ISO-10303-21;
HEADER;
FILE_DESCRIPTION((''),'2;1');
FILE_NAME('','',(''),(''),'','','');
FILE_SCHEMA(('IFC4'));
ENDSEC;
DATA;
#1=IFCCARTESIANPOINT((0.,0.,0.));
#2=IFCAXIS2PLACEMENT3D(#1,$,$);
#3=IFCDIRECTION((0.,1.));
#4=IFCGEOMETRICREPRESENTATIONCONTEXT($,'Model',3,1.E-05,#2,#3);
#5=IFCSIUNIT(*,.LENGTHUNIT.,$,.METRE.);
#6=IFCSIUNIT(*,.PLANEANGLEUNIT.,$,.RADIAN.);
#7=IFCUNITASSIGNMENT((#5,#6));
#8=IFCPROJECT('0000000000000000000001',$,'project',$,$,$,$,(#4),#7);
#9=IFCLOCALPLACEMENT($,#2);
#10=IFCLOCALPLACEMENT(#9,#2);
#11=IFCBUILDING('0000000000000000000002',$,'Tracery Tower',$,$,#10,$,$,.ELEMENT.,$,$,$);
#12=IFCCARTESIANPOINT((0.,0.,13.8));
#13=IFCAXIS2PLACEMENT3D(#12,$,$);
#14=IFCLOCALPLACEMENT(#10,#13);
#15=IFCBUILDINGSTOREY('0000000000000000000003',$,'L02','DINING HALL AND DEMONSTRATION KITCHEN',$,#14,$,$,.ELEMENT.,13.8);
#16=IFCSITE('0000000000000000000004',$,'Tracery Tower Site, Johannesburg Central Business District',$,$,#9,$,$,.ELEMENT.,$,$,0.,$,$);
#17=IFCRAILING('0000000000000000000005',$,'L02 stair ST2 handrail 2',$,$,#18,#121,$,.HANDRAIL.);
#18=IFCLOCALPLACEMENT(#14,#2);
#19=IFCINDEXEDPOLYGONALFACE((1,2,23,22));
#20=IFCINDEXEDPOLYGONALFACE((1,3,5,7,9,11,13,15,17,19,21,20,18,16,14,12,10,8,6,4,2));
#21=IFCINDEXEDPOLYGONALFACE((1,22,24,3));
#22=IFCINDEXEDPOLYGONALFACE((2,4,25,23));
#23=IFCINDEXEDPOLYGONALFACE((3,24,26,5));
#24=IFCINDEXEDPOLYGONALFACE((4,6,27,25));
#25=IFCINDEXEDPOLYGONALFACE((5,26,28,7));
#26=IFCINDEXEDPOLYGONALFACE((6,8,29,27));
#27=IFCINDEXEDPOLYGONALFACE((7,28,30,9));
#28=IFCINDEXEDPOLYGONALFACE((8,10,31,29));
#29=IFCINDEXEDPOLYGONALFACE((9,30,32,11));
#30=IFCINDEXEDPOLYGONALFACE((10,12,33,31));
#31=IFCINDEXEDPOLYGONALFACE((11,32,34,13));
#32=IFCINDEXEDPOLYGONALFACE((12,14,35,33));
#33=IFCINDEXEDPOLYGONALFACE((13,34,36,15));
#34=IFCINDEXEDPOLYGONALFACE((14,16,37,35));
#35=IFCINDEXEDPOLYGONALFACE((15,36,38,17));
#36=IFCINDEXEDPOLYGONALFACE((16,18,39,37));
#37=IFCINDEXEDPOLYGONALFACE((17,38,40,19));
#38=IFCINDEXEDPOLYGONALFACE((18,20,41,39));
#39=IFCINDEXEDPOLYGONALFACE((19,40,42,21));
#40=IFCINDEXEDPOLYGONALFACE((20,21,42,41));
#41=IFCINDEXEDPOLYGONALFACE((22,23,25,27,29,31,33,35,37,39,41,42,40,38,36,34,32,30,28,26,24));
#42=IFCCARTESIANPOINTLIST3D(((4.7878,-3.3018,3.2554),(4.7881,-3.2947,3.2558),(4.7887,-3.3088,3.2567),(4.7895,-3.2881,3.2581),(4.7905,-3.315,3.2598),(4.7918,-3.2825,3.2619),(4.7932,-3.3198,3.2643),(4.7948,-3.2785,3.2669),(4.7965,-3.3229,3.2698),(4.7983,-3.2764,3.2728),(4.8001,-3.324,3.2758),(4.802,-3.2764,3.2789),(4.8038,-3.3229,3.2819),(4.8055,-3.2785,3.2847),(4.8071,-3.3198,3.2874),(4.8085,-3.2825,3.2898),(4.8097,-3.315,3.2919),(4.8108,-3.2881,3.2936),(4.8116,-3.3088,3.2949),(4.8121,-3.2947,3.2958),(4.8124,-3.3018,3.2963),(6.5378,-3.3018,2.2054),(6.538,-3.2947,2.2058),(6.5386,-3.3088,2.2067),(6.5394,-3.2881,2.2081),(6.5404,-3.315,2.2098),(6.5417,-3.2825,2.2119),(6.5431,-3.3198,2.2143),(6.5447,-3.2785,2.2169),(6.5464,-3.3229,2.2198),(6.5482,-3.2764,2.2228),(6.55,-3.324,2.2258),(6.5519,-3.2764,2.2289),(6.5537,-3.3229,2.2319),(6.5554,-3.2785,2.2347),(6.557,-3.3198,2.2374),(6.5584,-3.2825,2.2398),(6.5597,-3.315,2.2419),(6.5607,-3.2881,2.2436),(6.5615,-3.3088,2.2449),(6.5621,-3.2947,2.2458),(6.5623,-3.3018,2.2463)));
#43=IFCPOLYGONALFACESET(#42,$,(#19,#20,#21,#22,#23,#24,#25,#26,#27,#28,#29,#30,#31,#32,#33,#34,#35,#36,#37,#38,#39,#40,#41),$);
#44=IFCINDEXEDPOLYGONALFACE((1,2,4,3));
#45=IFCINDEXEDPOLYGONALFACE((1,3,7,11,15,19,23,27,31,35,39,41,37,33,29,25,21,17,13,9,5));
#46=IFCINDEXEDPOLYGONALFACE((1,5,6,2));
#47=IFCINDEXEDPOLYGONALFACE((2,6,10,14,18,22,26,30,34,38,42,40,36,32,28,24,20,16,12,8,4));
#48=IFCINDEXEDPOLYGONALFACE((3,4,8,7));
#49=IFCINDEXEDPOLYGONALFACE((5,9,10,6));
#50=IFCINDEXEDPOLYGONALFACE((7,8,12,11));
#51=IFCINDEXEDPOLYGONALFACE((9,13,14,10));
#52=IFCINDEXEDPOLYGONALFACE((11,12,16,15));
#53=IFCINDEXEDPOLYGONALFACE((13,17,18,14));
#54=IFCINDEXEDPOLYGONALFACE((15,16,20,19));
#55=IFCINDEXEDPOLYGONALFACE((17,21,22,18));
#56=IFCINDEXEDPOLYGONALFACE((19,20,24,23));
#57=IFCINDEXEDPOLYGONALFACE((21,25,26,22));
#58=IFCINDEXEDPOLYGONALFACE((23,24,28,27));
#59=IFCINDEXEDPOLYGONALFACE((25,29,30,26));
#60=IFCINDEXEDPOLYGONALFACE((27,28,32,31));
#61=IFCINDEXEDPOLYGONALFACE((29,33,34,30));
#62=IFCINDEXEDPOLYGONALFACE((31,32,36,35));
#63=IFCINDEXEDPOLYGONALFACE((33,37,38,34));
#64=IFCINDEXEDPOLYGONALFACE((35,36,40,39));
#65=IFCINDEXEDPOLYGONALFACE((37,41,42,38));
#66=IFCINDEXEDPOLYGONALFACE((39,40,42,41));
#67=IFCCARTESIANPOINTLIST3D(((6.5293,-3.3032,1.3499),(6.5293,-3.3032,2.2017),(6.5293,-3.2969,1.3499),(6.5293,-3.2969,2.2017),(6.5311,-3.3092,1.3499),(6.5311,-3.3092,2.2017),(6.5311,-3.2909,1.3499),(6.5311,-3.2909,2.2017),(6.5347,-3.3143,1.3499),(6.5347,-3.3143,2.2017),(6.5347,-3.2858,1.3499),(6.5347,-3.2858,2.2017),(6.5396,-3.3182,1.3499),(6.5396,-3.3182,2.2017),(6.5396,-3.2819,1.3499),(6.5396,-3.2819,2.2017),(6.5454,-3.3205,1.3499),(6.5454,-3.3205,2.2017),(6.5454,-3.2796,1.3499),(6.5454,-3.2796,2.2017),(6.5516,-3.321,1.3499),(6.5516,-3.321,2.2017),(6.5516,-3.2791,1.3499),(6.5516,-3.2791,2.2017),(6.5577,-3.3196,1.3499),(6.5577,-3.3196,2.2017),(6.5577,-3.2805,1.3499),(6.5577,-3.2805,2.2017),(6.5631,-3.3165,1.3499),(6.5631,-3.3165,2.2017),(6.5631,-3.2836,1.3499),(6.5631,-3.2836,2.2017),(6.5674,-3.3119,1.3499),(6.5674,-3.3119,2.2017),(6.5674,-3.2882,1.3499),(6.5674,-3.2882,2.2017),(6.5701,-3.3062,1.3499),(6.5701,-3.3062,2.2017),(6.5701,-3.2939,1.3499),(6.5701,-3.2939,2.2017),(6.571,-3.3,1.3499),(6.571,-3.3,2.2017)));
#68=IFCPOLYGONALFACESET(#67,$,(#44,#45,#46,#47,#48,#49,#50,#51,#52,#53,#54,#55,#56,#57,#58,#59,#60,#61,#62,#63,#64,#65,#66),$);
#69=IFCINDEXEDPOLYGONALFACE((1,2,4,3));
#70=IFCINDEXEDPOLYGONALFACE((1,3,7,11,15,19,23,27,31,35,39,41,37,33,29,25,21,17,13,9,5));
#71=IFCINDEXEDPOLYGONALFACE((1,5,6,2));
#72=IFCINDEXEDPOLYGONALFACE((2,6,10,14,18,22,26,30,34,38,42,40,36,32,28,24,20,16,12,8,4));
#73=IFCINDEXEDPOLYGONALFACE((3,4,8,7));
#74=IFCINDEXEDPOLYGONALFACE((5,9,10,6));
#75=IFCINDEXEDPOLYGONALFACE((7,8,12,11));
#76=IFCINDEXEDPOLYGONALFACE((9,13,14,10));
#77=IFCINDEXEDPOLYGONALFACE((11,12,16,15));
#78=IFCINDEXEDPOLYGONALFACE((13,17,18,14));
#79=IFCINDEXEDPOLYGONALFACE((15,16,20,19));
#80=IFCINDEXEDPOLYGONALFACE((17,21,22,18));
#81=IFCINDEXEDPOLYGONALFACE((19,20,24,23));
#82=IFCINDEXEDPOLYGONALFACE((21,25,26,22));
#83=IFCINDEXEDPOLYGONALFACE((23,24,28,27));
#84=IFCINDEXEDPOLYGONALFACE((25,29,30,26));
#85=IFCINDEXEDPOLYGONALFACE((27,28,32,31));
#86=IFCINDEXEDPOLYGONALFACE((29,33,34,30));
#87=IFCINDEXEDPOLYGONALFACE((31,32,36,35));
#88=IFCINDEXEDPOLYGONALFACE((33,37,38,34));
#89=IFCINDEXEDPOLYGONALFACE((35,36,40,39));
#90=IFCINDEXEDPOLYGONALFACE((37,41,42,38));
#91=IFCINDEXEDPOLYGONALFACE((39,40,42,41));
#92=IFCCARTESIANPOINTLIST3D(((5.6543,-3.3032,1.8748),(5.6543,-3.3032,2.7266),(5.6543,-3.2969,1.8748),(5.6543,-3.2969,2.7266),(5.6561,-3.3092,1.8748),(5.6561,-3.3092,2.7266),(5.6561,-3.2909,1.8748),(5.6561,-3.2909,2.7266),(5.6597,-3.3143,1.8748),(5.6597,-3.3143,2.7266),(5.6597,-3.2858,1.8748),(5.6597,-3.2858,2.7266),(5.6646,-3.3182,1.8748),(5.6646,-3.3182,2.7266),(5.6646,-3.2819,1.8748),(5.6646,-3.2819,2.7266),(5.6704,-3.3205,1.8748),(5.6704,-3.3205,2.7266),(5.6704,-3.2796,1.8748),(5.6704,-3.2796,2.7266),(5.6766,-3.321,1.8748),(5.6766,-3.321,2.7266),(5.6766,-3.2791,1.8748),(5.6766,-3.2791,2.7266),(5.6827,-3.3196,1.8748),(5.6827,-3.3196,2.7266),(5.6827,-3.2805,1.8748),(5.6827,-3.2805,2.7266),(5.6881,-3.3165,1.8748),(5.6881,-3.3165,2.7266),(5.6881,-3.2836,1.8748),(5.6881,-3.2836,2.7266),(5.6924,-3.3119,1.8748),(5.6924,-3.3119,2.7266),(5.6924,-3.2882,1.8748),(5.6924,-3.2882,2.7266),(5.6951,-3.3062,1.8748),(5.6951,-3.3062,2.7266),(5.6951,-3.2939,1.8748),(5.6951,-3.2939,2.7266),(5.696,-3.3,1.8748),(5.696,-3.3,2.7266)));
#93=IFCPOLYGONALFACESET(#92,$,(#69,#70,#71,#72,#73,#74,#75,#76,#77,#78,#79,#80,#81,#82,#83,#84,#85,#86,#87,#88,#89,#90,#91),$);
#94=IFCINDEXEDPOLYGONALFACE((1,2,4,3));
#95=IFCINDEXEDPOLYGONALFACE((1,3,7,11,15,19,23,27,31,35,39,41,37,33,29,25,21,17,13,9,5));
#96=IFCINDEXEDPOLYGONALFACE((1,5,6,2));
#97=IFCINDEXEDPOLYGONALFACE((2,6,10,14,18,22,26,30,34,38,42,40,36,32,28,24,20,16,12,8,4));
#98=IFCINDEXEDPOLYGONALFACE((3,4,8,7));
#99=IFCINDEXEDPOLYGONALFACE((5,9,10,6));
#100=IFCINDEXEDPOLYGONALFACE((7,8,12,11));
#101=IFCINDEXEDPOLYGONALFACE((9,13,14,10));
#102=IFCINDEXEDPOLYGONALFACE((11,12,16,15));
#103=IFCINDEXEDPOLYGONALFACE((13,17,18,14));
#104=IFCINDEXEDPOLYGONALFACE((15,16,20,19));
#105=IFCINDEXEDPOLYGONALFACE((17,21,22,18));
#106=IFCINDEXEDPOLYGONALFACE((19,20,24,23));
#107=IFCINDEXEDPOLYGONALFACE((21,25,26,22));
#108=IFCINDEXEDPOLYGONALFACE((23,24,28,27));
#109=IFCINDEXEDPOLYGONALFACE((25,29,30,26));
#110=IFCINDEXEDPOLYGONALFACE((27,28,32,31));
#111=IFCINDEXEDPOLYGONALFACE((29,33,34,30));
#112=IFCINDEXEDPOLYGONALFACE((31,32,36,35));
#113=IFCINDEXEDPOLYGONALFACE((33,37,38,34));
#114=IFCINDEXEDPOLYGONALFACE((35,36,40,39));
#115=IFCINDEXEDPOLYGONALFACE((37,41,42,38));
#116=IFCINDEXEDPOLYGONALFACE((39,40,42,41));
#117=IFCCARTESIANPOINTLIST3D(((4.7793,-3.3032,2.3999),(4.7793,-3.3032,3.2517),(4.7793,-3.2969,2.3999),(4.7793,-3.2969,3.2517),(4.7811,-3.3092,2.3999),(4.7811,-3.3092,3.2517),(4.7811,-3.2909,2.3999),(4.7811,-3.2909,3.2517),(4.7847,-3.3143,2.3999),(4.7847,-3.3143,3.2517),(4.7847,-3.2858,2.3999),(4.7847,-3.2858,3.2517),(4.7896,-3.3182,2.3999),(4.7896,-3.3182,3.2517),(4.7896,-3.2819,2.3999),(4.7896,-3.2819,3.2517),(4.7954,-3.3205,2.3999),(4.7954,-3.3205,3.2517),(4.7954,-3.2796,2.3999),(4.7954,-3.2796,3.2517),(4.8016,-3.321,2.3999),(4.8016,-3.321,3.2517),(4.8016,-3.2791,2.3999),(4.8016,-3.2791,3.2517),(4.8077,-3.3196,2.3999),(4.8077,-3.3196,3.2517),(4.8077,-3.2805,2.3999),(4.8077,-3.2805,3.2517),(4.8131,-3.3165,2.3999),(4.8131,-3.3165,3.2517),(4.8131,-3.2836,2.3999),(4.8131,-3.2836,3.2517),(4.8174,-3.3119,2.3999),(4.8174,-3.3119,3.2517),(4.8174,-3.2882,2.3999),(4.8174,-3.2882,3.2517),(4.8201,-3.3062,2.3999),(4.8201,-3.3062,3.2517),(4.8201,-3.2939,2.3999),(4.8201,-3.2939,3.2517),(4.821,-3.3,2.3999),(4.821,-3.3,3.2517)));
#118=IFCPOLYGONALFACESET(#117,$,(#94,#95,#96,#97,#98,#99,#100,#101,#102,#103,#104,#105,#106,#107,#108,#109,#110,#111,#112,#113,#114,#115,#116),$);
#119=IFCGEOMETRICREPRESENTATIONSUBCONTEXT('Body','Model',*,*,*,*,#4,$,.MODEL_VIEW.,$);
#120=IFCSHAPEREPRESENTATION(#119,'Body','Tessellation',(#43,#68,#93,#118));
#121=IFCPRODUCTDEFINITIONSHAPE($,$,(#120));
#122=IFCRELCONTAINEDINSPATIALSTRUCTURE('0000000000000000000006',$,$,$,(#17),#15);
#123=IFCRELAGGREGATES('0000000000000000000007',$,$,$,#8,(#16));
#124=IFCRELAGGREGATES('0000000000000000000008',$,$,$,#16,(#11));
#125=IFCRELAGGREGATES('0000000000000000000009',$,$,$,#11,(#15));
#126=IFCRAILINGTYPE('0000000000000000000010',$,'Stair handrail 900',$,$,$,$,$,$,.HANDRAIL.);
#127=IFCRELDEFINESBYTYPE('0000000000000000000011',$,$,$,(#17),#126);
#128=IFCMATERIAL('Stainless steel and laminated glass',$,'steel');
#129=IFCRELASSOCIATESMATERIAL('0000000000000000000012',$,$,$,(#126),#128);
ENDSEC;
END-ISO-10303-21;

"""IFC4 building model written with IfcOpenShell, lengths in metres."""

from ifc_helpers import new_model, si_unit, direction, frame, origin, origin_2d, place, context, subcontext, project, spatial, circle, extrude, material, type_object, element, save


model = new_model("IFC4")

# Units and contexts
model_context = context("Model", 3, precision=1e-05, world=origin(), true_north=direction((0.0, 1.0)))
body_context = subcontext(model_context, "Body", "Model", "MODEL_VIEW")
ifc_project = project(units=[si_unit("LENGTHUNIT", "METRE"), si_unit("PLANEANGLEUNIT", "RADIAN")], contexts=[model_context])

# Site, building, storey
site_placement = place(None, origin())
site = spatial("IfcSite", under=ifc_project, at=site_placement, Name="Tracery Tower Site, Johannesburg Central Business District", CompositionType="ELEMENT", RefElevation=0.0)
building_placement = place(site_placement, origin())
building = spatial("IfcBuilding", under=site, at=building_placement, Name="Tracery Tower", CompositionType="ELEMENT")
storey_placement = place(building_placement, frame((0.0, 0.0, 13.8)))
storey = spatial("IfcBuildingStorey", under=building, at=storey_placement, Name="L02", Description="DINING HALL AND DEMONSTRATION KITCHEN", CompositionType="ELEMENT", Elevation=13.8)

# Railing
ifc_material_1 = material(Name="Stainless steel and laminated glass", Category="steel")
railing_type_1 = type_object("IfcRailingType", Name="Stair handrail 900", PredefinedType="HANDRAIL", material=ifc_material_1)
railing_1_placement = place(storey_placement, frame((6.55, -3.3, 1.3499)))
element("IfcRailing", 1, at=railing_1_placement, inside=storey, type_object=railing_type_1, Name="L02 stair ST2 handrail 2", PredefinedType="HANDRAIL", context=body_context, shape_type="SweptSolid", body=[
    extrude(circle(Radius=0.0239, at=origin_2d()), frame((0.0, 0.0, 0.876), z_axis=(-0.857482, 0.0, 0.514513), x_axis=(0.0, -1.0, 0.0)), (0.0, 0.0, 1.0), 2.0408),
    extrude(circle(Radius=0.021, at=origin_2d()), origin(), (0.0, 0.0, 1.0), 0.8518),
    extrude(circle(Radius=0.021, at=origin_2d()), frame((-0.875, 0.0, 0.5249)), (0.0, 0.0, 1.0), 0.8518),
    extrude(circle(Radius=0.021, at=origin_2d()), frame((-1.75, 0.0, 1.05)), (0.0, 0.0, 1.0), 0.8518),
])

save(model, "model.ifc")
